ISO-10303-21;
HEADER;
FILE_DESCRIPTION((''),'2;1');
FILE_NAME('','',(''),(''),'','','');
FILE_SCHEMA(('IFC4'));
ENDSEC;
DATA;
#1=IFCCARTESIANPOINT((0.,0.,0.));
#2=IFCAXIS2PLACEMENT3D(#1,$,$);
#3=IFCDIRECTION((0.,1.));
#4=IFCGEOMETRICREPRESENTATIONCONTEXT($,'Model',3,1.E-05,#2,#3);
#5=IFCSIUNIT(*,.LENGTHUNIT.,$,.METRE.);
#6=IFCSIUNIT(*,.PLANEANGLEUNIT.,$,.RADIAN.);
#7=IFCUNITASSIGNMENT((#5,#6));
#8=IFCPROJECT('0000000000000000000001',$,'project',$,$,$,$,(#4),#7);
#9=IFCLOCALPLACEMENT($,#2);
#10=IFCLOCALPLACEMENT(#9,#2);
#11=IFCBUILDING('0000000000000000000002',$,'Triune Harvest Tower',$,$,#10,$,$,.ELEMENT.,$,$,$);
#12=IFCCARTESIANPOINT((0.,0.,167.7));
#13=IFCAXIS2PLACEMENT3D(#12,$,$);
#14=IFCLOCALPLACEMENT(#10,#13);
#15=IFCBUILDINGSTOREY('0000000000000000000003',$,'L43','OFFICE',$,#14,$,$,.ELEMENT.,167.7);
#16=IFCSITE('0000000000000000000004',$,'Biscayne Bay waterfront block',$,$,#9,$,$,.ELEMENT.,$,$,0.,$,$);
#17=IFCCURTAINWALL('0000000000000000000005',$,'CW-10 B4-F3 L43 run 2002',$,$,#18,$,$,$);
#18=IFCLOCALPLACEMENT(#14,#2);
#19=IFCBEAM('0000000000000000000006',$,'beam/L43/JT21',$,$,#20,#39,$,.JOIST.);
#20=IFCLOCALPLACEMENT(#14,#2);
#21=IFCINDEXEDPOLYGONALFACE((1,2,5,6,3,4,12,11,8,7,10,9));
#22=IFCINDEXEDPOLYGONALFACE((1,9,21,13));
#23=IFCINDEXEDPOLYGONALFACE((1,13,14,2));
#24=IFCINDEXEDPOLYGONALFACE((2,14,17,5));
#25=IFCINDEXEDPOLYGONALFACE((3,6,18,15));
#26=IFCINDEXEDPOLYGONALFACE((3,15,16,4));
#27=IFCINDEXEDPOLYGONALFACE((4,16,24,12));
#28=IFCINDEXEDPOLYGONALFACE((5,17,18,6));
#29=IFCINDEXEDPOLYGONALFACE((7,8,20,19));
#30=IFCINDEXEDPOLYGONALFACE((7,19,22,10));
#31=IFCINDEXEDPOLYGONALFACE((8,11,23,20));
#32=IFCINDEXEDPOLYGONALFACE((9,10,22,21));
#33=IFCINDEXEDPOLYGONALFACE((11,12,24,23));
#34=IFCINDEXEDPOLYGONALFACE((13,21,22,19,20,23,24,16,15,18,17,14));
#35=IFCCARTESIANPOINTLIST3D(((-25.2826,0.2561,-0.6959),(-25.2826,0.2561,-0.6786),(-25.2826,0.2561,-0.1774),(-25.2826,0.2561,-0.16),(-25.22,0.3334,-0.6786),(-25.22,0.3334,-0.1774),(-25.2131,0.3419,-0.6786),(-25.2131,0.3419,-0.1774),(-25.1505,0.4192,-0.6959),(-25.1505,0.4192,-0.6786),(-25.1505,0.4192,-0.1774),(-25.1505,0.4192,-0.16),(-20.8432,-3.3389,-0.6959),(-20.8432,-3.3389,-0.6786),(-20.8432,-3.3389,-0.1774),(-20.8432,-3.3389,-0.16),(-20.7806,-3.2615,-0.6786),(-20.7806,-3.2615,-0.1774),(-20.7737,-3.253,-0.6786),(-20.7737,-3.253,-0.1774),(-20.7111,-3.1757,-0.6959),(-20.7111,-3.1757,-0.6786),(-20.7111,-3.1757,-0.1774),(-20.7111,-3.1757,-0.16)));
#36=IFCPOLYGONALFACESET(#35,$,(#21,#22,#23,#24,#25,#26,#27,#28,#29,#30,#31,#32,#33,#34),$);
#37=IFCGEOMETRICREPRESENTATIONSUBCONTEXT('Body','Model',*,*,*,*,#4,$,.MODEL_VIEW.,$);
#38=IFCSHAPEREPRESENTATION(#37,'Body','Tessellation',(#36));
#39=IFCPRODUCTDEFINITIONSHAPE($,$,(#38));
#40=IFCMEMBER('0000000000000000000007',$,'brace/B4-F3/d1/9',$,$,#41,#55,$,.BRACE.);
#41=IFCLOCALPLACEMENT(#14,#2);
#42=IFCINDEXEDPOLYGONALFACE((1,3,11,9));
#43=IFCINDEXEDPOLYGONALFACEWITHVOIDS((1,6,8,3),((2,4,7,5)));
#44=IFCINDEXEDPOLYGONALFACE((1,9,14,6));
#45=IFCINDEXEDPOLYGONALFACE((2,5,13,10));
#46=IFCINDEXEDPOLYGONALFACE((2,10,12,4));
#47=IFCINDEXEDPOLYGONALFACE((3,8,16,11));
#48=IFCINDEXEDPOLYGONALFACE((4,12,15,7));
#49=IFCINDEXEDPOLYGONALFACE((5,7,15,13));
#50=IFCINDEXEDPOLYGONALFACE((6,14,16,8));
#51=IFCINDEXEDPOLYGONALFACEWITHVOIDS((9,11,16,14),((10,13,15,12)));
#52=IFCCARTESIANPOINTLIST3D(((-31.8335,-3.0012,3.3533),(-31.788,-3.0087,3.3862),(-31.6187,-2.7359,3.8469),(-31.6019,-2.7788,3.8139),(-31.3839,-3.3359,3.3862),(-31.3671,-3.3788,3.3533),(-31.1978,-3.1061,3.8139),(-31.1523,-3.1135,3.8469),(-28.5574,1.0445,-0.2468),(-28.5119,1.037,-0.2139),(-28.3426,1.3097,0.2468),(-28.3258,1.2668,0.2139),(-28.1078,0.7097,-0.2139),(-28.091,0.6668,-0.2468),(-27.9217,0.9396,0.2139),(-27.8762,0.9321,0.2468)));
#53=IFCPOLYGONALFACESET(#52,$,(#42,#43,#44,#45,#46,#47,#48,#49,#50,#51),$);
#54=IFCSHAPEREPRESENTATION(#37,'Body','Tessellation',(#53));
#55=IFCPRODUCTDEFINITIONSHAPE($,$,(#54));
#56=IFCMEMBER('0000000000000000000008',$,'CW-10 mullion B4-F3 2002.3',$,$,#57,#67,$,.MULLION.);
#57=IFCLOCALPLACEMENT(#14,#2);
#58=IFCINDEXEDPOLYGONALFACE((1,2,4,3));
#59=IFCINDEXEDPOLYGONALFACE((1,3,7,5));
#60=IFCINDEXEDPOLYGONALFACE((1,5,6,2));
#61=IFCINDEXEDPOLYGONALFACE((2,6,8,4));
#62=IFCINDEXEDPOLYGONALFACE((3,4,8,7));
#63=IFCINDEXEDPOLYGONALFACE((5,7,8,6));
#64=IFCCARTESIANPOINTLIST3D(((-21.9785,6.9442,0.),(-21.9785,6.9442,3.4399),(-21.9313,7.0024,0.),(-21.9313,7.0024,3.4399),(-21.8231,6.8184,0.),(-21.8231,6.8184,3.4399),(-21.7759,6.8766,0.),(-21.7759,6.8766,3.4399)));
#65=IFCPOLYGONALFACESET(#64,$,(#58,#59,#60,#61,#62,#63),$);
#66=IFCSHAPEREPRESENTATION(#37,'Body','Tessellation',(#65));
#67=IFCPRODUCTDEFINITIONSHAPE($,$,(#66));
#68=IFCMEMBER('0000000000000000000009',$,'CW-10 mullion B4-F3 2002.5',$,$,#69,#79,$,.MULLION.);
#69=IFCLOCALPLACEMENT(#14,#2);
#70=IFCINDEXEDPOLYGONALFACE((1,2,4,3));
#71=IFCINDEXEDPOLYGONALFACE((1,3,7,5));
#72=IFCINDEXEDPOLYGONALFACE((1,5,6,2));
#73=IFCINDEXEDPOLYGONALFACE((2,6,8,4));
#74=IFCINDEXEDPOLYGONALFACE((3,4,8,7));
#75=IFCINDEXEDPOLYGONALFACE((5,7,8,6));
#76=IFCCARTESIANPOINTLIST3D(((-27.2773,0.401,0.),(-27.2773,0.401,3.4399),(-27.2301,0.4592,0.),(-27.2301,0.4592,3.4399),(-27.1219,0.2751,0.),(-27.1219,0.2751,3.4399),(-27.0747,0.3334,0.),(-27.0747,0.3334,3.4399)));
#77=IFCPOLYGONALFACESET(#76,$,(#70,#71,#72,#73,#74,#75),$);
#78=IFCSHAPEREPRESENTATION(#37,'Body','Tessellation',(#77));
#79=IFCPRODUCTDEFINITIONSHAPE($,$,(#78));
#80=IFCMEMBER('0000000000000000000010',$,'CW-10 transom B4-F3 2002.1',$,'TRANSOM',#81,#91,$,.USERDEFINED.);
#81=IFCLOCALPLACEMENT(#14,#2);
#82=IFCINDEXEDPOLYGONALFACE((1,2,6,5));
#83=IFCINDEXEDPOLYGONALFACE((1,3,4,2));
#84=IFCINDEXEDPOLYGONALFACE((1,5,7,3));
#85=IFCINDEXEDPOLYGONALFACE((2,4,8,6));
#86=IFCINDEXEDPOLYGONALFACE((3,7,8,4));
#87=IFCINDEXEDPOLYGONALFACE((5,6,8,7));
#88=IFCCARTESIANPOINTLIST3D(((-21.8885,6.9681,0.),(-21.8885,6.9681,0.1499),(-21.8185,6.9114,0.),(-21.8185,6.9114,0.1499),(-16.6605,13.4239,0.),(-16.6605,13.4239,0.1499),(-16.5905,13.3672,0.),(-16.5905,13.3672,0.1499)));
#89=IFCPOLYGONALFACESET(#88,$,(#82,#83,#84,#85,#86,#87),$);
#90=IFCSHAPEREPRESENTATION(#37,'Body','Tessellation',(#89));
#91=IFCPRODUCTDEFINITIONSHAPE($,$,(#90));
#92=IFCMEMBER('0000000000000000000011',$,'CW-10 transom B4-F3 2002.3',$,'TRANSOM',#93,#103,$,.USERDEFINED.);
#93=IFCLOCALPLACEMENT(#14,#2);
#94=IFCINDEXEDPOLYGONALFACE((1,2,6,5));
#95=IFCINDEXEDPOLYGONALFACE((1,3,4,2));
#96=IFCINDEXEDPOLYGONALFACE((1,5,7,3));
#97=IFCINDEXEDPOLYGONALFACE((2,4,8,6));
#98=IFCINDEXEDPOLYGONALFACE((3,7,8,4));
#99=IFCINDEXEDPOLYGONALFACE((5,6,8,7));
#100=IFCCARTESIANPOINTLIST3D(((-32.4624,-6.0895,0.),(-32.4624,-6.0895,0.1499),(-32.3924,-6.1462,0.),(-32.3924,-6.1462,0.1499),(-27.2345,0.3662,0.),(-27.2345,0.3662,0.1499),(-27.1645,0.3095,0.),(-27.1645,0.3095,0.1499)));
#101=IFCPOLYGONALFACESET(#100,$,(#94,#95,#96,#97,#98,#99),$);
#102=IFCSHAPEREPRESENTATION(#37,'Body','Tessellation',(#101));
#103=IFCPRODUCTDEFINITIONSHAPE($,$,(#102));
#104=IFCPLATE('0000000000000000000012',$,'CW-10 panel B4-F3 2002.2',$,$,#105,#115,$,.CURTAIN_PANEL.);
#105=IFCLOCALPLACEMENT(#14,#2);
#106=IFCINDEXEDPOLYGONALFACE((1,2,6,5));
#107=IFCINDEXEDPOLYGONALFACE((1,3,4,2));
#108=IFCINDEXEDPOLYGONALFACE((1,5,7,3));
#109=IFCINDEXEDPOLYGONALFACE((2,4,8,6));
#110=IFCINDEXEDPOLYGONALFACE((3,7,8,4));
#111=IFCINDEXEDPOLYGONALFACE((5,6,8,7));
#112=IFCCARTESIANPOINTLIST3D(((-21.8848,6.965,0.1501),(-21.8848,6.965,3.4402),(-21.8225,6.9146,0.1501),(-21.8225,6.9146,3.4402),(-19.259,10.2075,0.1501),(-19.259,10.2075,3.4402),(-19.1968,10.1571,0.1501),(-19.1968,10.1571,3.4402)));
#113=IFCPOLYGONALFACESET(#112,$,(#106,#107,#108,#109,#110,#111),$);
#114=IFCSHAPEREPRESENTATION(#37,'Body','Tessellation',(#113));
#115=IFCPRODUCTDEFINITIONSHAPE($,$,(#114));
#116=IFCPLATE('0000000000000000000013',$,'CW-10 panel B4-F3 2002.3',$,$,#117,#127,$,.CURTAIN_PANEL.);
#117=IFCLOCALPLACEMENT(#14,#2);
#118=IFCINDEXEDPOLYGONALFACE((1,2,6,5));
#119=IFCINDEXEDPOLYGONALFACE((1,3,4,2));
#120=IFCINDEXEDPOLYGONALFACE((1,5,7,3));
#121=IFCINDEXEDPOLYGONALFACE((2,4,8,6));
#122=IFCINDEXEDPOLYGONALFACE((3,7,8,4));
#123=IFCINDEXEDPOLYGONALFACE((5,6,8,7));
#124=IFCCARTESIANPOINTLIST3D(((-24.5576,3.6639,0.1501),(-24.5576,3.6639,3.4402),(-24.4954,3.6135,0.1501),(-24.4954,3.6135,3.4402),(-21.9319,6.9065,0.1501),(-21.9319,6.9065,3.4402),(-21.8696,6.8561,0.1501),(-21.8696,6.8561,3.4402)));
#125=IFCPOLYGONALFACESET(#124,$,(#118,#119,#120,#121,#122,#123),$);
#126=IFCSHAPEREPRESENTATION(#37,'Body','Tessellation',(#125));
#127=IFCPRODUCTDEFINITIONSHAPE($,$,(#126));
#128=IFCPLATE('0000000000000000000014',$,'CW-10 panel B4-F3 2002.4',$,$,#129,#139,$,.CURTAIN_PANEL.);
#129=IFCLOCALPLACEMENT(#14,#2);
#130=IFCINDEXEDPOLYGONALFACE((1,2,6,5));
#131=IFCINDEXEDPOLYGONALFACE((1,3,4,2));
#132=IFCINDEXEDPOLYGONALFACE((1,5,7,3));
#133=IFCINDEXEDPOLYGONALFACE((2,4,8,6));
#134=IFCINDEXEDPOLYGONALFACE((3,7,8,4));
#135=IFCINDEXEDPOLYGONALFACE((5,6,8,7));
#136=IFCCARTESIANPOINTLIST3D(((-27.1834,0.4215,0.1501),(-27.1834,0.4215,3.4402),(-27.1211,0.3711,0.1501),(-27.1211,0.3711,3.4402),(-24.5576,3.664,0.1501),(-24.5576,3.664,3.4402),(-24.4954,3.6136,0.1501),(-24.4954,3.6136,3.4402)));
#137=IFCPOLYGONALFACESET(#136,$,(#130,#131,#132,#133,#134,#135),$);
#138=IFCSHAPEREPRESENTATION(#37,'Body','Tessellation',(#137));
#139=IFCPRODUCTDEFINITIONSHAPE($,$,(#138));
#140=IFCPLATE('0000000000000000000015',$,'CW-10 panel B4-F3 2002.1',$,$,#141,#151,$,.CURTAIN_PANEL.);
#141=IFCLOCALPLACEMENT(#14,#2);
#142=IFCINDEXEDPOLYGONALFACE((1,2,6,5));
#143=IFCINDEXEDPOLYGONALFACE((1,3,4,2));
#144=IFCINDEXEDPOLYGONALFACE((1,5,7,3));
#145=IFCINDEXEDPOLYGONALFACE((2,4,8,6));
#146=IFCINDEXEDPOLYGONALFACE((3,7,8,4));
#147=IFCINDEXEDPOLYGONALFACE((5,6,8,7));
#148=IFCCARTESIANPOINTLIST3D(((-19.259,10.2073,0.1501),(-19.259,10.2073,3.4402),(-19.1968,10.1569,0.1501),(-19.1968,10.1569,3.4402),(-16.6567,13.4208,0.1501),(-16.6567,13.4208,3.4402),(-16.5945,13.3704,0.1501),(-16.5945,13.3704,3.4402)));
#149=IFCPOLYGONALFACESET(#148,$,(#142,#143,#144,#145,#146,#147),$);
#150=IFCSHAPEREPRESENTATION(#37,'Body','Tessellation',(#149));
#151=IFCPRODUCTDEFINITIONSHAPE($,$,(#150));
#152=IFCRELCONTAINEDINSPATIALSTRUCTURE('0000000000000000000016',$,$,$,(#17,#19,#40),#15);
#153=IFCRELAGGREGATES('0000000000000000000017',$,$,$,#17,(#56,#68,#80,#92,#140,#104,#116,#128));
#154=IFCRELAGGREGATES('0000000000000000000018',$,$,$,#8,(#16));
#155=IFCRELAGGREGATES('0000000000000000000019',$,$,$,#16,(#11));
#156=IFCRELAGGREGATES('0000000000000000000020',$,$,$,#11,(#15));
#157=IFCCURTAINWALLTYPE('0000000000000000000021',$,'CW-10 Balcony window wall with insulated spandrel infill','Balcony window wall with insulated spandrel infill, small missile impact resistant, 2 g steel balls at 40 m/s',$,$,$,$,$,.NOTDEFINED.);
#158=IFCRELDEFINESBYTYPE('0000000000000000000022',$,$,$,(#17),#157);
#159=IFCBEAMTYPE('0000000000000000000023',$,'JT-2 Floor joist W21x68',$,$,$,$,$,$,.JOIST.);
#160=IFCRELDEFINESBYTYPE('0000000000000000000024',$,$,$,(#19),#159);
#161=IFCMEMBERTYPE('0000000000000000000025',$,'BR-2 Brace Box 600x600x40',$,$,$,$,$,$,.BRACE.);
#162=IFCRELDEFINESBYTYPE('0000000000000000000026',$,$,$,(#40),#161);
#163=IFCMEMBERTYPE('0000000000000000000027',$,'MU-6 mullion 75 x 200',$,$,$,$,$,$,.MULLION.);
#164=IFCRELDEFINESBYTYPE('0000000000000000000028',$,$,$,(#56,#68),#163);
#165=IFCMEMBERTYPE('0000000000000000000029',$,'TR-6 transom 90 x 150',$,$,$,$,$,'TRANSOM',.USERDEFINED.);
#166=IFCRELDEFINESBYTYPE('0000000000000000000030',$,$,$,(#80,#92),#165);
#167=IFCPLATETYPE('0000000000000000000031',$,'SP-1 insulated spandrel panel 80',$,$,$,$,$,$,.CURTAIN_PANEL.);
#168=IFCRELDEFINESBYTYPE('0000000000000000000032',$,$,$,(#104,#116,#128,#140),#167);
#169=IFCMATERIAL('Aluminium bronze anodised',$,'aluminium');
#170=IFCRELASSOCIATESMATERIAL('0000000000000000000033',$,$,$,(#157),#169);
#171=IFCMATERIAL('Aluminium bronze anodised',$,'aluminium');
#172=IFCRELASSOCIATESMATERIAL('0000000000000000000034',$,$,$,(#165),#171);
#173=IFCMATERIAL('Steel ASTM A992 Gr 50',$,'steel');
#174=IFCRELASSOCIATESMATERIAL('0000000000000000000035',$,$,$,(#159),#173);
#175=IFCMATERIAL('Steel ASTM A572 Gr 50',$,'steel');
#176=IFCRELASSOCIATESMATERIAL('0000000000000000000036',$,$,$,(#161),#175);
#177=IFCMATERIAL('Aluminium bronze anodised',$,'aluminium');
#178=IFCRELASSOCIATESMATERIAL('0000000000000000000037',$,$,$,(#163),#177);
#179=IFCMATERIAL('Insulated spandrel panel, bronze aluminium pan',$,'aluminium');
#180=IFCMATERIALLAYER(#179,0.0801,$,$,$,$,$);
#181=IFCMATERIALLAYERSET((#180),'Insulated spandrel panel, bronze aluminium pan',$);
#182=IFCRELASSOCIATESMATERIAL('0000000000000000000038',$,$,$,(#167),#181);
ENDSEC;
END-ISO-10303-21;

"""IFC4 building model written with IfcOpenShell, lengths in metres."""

from ifc_helpers import new_model, si_unit, direction, frame, origin, origin_2d, place, context, subcontext, project, spatial, rectangle, hollow_rectangle, i_section, extrude, source, transform, mapped, material, layer, layer_set, material_profile, profile_set, type_object, element, aggregate, save


model = new_model("IFC4")

# Units and contexts
model_context = context("Model", 3, precision=1e-05, world=origin(), true_north=direction((0.0, 1.0)))
body_context = subcontext(model_context, "Body", "Model", "MODEL_VIEW")
ifc_project = project(units=[si_unit("LENGTHUNIT", "METRE"), si_unit("PLANEANGLEUNIT", "RADIAN")], contexts=[model_context])

# Site, building, storey
site_placement = place(None, origin())
site = spatial("IfcSite", under=ifc_project, at=site_placement, Name="Biscayne Bay waterfront block", CompositionType="ELEMENT", RefElevation=0.0)
building_placement = place(site_placement, origin())
building = spatial("IfcBuilding", under=site, at=building_placement, Name="Triune Harvest Tower", CompositionType="ELEMENT")
storey_placement = place(building_placement, frame((0.0, 0.0, 167.7)))
storey = spatial("IfcBuildingStorey", under=building, at=storey_placement, Name="L43", Description="OFFICE", CompositionType="ELEMENT", Elevation=167.7)

# Curtain wall
ifc_material_1 = material(Name="Aluminium bronze anodised", Category="aluminium")
curtain_wall_type = type_object("IfcCurtainWallType", Name="CW-10 Balcony window wall with insulated spandrel infill", Description="Balcony window wall with insulated spandrel infill, small missile impact resistant, 2 g steel balls at 40 m/s", PredefinedType="NOTDEFINED", material=ifc_material_1)
curtain_wall_placement = place(storey_placement, origin())
curtain_wall = element("IfcCurtainWall", 1, at=curtain_wall_placement, inside=storey, type_object=curtain_wall_type, Name="CW-10 B4-F3 L43 run 2002")
ifc_material_2 = material(Name="Aluminium bronze anodised", Category="aluminium")
ifc_material_profile_1 = material_profile(ifc_material_2, rectangle(XDim=0.0901, YDim=0.1499, at=origin_2d()), Name="TR-6 transom 90 x 150")
ifc_profile_set_1 = profile_set([ifc_material_profile_1], Name="Aluminium bronze anodised")
member_type_1 = type_object("IfcMemberType", Name="TR-6 transom 90 x 150", ElementType="TRANSOM", PredefinedType="USERDEFINED", material=ifc_profile_set_1)

# Beam
ifc_material_3 = material(Name="Steel ASTM A992 Gr 50", Category="steel")
ifc_material_profile_2 = material_profile(ifc_material_3, i_section(OverallWidth=0.21, OverallDepth=0.5359, WebThickness=0.011, FlangeThickness=0.0173, at=origin_2d()), Name="W21x68")
ifc_profile_set_2 = profile_set([ifc_material_profile_2], Name="Steel ASTM A992 Gr 50")
beam_type_1 = type_object("IfcBeamType", Name="JT-2 Floor joist W21x68", PredefinedType="JOIST", material=ifc_profile_set_2)
shared_shape_1 = source(origin(), body_context, "Body", "SweptSolid", [
    extrude(i_section(OverallWidth=0.21, OverallDepth=0.5359, WebThickness=0.011, FlangeThickness=0.0173, at=origin_2d()), origin(), (0.0, 0.0, 1.0), 5.7124),
])
beam_1_placement = place(storey_placement, frame((-25.2166, 0.3376, -0.428), z_axis=(0.777148, -0.629317, 0.0), x_axis=(0.629317, 0.777148, 0.0)))
element("IfcBeam", 2, at=beam_1_placement, inside=storey, type_object=beam_type_1, Name="beam/L43/JT21", PredefinedType="JOIST", context=body_context, shape_type="MappedRepresentation", body=[
    mapped(shared_shape_1, transform((0.0, 0.0, 0.0), scale=1.0)),
])

# Members
ifc_material_4 = material(Name="Steel ASTM A572 Gr 50", Category="steel")
ifc_material_profile_3 = material_profile(ifc_material_4, hollow_rectangle(XDim=0.6001, YDim=0.6001, WallThickness=0.04, at=origin_2d()), Name="Box 600x600x40")
ifc_profile_set_3 = profile_set([ifc_material_profile_3], Name="Steel ASTM A572 Gr 50")
member_type_2 = type_object("IfcMemberType", Name="BR-2 Brace Box 600x600x40", PredefinedType="BRACE", material=ifc_profile_set_3)
shared_shape_2 = source(origin(), body_context, "Body", "SweptSolid", [
    extrude(hollow_rectangle(XDim=0.6001, YDim=0.6001, WallThickness=0.04, at=origin_2d()), origin(), (0.0, 0.0, 1.0), 6.3293),
])
member_1_placement = place(storey_placement, frame((-28.2168, 0.9883, 0.0), z_axis=(-0.517606, -0.639187, 0.568792), x_axis=(0.777144, -0.629322, 0.0)))
element("IfcMember", 3, at=member_1_placement, inside=storey, type_object=member_type_2, Name="brace/B4-F3/d1/9", PredefinedType="BRACE", context=body_context, shape_type="MappedRepresentation", body=[
    mapped(shared_shape_2, transform((0.0, 0.0, 0.0), scale=1.0)),
])
ifc_material_5 = material(Name="Aluminium bronze anodised", Category="aluminium")
ifc_material_profile_4 = material_profile(ifc_material_5, rectangle(XDim=0.2, YDim=0.075, at=origin_2d()), Name="MU-6 mullion 75 x 200")
ifc_profile_set_4 = profile_set([ifc_material_profile_4], Name="Aluminium bronze anodised")
member_type_3 = type_object("IfcMemberType", Name="MU-6 mullion 75 x 200", PredefinedType="MULLION", material=ifc_profile_set_4)
shared_shape_3 = source(origin(), body_context, "Body", "SweptSolid", [
    extrude(rectangle(XDim=0.2, YDim=0.075, at=origin_2d()), origin(), (0.0, 0.0, 1.0), 3.4399),
])
member_2_placement = place(storey_placement, frame((-21.8772, 6.9104, 0.0), z_axis=(0.0, 0.0, 1.0), x_axis=(0.777145, -0.629322, 0.0)))
member_2 = element("IfcMember", 4, at=member_2_placement, type_object=member_type_3, Name="CW-10 mullion B4-F3 2002.3", PredefinedType="MULLION", context=body_context, shape_type="MappedRepresentation", body=[
    mapped(shared_shape_3, transform((0.0, 0.0, 0.0), scale=1.0)),
])
member_3_placement = place(storey_placement, frame((-27.176, 0.3672, 0.0), z_axis=(0.0, 0.0, 1.0), x_axis=(0.777145, -0.629322, 0.0)))
member_3 = element("IfcMember", 5, at=member_3_placement, type_object=member_type_3, Name="CW-10 mullion B4-F3 2002.5", PredefinedType="MULLION", context=body_context, shape_type="MappedRepresentation", body=[
    mapped(shared_shape_3, transform((0.0, 0.0, 0.0), scale=1.0)),
])
shared_shape_4 = source(origin(), body_context, "Body", "SweptSolid", [
    extrude(rectangle(XDim=0.0901, YDim=0.1499, at=origin_2d()), origin(), (0.0, 0.0, 1.0), 8.3071),
])
member_4_placement = place(storey_placement, frame((-16.6255, 13.3955, 0.075), z_axis=(-0.629336, -0.777133, 0.0), x_axis=(0.777133, -0.629336, 0.0)))
member_4 = element("IfcMember", 6, at=member_4_placement, type_object=member_type_1, Name="CW-10 transom B4-F3 2002.1", ObjectType="TRANSOM", PredefinedType="USERDEFINED", context=body_context, shape_type="MappedRepresentation", body=[
    mapped(shared_shape_4, transform((0.0, 0.0, 0.0), scale=1.0)),
])
member_5_placement = place(storey_placement, frame((-27.1995, 0.3379, 0.075), z_axis=(-0.629336, -0.777133, 0.0), x_axis=(0.777133, -0.629336, 0.0)))
member_5 = element("IfcMember", 7, at=member_5_placement, type_object=member_type_1, Name="CW-10 transom B4-F3 2002.3", ObjectType="TRANSOM", PredefinedType="USERDEFINED", context=body_context, shape_type="MappedRepresentation", body=[
    mapped(shared_shape_4, transform((0.0, 0.0, 0.0), scale=1.0)),
])

# Plates
ifc_material_6 = material(Name="Insulated spandrel panel, bronze aluminium pan", Category="aluminium")
ifc_layer_1 = layer(ifc_material_6, 0.0801)
ifc_layer_set_1 = layer_set([ifc_layer_1], Name="Insulated spandrel panel, bronze aluminium pan")
plate_type = type_object("IfcPlateType", Name="SP-1 insulated spandrel panel 80", PredefinedType="CURTAIN_PANEL", material=ifc_layer_set_1)
shared_shape_5 = source(origin(), body_context, "Body", "SweptSolid", [
    extrude(rectangle(XDim=4.1724, YDim=0.0801, at=origin_2d()), origin(), (0.0, 0.0, 1.0), 3.29),
])
plate_1_placement = place(storey_placement, frame((-20.5408, 8.561, 0.1501), z_axis=(0.0, 0.0, 1.0), x_axis=(-0.629322, -0.777145, 0.0)))
plate_1 = element("IfcPlate", 8, at=plate_1_placement, type_object=plate_type, Name="CW-10 panel B4-F3 2002.2", PredefinedType="CURTAIN_PANEL", context=body_context, shape_type="MappedRepresentation", body=[
    mapped(shared_shape_5, transform((0.0, 0.0, 0.0), scale=1.0)),
])
plate_2_placement = place(storey_placement, frame((-23.2136, 5.26, 0.1501), z_axis=(0.0, 0.0, 1.0), x_axis=(-0.629322, -0.777145, 0.0)))
plate_2 = element("IfcPlate", 9, at=plate_2_placement, type_object=plate_type, Name="CW-10 panel B4-F3 2002.3", PredefinedType="CURTAIN_PANEL", context=body_context, shape_type="MappedRepresentation", body=[
    mapped(shared_shape_5, transform((0.0, 0.0, 0.0), scale=1.0)),
])
plate_3_placement = place(storey_placement, frame((-25.8394, 2.0176, 0.1501), z_axis=(0.0, 0.0, 1.0), x_axis=(-0.629322, -0.777145, 0.0)))
plate_3 = element("IfcPlate", 10, at=plate_3_placement, type_object=plate_type, Name="CW-10 panel B4-F3 2002.4", PredefinedType="CURTAIN_PANEL", context=body_context, shape_type="MappedRepresentation", body=[
    mapped(shared_shape_5, transform((0.0, 0.0, 0.0), scale=1.0)),
])
shared_shape_6 = source(origin(), body_context, "Body", "SweptSolid", [
    extrude(rectangle(XDim=4.135, YDim=0.0801, at=origin_2d()), origin(), (0.0, 0.0, 1.0), 3.29),
])
plate_4_placement = place(storey_placement, frame((-17.9268, 11.7888, 0.1501), z_axis=(0.0, 0.0, 1.0), x_axis=(-0.629322, -0.777145, 0.0)))
plate_4 = element("IfcPlate", 11, at=plate_4_placement, type_object=plate_type, Name="CW-10 panel B4-F3 2002.1", PredefinedType="CURTAIN_PANEL", context=body_context, shape_type="MappedRepresentation", body=[
    mapped(shared_shape_6, transform((0.0, 0.0, 0.0), scale=1.0)),
])
aggregate(curtain_wall, [member_2, member_3, member_4, member_5, plate_4, plate_1, plate_2, plate_3])

save(model, "model.ifc")
